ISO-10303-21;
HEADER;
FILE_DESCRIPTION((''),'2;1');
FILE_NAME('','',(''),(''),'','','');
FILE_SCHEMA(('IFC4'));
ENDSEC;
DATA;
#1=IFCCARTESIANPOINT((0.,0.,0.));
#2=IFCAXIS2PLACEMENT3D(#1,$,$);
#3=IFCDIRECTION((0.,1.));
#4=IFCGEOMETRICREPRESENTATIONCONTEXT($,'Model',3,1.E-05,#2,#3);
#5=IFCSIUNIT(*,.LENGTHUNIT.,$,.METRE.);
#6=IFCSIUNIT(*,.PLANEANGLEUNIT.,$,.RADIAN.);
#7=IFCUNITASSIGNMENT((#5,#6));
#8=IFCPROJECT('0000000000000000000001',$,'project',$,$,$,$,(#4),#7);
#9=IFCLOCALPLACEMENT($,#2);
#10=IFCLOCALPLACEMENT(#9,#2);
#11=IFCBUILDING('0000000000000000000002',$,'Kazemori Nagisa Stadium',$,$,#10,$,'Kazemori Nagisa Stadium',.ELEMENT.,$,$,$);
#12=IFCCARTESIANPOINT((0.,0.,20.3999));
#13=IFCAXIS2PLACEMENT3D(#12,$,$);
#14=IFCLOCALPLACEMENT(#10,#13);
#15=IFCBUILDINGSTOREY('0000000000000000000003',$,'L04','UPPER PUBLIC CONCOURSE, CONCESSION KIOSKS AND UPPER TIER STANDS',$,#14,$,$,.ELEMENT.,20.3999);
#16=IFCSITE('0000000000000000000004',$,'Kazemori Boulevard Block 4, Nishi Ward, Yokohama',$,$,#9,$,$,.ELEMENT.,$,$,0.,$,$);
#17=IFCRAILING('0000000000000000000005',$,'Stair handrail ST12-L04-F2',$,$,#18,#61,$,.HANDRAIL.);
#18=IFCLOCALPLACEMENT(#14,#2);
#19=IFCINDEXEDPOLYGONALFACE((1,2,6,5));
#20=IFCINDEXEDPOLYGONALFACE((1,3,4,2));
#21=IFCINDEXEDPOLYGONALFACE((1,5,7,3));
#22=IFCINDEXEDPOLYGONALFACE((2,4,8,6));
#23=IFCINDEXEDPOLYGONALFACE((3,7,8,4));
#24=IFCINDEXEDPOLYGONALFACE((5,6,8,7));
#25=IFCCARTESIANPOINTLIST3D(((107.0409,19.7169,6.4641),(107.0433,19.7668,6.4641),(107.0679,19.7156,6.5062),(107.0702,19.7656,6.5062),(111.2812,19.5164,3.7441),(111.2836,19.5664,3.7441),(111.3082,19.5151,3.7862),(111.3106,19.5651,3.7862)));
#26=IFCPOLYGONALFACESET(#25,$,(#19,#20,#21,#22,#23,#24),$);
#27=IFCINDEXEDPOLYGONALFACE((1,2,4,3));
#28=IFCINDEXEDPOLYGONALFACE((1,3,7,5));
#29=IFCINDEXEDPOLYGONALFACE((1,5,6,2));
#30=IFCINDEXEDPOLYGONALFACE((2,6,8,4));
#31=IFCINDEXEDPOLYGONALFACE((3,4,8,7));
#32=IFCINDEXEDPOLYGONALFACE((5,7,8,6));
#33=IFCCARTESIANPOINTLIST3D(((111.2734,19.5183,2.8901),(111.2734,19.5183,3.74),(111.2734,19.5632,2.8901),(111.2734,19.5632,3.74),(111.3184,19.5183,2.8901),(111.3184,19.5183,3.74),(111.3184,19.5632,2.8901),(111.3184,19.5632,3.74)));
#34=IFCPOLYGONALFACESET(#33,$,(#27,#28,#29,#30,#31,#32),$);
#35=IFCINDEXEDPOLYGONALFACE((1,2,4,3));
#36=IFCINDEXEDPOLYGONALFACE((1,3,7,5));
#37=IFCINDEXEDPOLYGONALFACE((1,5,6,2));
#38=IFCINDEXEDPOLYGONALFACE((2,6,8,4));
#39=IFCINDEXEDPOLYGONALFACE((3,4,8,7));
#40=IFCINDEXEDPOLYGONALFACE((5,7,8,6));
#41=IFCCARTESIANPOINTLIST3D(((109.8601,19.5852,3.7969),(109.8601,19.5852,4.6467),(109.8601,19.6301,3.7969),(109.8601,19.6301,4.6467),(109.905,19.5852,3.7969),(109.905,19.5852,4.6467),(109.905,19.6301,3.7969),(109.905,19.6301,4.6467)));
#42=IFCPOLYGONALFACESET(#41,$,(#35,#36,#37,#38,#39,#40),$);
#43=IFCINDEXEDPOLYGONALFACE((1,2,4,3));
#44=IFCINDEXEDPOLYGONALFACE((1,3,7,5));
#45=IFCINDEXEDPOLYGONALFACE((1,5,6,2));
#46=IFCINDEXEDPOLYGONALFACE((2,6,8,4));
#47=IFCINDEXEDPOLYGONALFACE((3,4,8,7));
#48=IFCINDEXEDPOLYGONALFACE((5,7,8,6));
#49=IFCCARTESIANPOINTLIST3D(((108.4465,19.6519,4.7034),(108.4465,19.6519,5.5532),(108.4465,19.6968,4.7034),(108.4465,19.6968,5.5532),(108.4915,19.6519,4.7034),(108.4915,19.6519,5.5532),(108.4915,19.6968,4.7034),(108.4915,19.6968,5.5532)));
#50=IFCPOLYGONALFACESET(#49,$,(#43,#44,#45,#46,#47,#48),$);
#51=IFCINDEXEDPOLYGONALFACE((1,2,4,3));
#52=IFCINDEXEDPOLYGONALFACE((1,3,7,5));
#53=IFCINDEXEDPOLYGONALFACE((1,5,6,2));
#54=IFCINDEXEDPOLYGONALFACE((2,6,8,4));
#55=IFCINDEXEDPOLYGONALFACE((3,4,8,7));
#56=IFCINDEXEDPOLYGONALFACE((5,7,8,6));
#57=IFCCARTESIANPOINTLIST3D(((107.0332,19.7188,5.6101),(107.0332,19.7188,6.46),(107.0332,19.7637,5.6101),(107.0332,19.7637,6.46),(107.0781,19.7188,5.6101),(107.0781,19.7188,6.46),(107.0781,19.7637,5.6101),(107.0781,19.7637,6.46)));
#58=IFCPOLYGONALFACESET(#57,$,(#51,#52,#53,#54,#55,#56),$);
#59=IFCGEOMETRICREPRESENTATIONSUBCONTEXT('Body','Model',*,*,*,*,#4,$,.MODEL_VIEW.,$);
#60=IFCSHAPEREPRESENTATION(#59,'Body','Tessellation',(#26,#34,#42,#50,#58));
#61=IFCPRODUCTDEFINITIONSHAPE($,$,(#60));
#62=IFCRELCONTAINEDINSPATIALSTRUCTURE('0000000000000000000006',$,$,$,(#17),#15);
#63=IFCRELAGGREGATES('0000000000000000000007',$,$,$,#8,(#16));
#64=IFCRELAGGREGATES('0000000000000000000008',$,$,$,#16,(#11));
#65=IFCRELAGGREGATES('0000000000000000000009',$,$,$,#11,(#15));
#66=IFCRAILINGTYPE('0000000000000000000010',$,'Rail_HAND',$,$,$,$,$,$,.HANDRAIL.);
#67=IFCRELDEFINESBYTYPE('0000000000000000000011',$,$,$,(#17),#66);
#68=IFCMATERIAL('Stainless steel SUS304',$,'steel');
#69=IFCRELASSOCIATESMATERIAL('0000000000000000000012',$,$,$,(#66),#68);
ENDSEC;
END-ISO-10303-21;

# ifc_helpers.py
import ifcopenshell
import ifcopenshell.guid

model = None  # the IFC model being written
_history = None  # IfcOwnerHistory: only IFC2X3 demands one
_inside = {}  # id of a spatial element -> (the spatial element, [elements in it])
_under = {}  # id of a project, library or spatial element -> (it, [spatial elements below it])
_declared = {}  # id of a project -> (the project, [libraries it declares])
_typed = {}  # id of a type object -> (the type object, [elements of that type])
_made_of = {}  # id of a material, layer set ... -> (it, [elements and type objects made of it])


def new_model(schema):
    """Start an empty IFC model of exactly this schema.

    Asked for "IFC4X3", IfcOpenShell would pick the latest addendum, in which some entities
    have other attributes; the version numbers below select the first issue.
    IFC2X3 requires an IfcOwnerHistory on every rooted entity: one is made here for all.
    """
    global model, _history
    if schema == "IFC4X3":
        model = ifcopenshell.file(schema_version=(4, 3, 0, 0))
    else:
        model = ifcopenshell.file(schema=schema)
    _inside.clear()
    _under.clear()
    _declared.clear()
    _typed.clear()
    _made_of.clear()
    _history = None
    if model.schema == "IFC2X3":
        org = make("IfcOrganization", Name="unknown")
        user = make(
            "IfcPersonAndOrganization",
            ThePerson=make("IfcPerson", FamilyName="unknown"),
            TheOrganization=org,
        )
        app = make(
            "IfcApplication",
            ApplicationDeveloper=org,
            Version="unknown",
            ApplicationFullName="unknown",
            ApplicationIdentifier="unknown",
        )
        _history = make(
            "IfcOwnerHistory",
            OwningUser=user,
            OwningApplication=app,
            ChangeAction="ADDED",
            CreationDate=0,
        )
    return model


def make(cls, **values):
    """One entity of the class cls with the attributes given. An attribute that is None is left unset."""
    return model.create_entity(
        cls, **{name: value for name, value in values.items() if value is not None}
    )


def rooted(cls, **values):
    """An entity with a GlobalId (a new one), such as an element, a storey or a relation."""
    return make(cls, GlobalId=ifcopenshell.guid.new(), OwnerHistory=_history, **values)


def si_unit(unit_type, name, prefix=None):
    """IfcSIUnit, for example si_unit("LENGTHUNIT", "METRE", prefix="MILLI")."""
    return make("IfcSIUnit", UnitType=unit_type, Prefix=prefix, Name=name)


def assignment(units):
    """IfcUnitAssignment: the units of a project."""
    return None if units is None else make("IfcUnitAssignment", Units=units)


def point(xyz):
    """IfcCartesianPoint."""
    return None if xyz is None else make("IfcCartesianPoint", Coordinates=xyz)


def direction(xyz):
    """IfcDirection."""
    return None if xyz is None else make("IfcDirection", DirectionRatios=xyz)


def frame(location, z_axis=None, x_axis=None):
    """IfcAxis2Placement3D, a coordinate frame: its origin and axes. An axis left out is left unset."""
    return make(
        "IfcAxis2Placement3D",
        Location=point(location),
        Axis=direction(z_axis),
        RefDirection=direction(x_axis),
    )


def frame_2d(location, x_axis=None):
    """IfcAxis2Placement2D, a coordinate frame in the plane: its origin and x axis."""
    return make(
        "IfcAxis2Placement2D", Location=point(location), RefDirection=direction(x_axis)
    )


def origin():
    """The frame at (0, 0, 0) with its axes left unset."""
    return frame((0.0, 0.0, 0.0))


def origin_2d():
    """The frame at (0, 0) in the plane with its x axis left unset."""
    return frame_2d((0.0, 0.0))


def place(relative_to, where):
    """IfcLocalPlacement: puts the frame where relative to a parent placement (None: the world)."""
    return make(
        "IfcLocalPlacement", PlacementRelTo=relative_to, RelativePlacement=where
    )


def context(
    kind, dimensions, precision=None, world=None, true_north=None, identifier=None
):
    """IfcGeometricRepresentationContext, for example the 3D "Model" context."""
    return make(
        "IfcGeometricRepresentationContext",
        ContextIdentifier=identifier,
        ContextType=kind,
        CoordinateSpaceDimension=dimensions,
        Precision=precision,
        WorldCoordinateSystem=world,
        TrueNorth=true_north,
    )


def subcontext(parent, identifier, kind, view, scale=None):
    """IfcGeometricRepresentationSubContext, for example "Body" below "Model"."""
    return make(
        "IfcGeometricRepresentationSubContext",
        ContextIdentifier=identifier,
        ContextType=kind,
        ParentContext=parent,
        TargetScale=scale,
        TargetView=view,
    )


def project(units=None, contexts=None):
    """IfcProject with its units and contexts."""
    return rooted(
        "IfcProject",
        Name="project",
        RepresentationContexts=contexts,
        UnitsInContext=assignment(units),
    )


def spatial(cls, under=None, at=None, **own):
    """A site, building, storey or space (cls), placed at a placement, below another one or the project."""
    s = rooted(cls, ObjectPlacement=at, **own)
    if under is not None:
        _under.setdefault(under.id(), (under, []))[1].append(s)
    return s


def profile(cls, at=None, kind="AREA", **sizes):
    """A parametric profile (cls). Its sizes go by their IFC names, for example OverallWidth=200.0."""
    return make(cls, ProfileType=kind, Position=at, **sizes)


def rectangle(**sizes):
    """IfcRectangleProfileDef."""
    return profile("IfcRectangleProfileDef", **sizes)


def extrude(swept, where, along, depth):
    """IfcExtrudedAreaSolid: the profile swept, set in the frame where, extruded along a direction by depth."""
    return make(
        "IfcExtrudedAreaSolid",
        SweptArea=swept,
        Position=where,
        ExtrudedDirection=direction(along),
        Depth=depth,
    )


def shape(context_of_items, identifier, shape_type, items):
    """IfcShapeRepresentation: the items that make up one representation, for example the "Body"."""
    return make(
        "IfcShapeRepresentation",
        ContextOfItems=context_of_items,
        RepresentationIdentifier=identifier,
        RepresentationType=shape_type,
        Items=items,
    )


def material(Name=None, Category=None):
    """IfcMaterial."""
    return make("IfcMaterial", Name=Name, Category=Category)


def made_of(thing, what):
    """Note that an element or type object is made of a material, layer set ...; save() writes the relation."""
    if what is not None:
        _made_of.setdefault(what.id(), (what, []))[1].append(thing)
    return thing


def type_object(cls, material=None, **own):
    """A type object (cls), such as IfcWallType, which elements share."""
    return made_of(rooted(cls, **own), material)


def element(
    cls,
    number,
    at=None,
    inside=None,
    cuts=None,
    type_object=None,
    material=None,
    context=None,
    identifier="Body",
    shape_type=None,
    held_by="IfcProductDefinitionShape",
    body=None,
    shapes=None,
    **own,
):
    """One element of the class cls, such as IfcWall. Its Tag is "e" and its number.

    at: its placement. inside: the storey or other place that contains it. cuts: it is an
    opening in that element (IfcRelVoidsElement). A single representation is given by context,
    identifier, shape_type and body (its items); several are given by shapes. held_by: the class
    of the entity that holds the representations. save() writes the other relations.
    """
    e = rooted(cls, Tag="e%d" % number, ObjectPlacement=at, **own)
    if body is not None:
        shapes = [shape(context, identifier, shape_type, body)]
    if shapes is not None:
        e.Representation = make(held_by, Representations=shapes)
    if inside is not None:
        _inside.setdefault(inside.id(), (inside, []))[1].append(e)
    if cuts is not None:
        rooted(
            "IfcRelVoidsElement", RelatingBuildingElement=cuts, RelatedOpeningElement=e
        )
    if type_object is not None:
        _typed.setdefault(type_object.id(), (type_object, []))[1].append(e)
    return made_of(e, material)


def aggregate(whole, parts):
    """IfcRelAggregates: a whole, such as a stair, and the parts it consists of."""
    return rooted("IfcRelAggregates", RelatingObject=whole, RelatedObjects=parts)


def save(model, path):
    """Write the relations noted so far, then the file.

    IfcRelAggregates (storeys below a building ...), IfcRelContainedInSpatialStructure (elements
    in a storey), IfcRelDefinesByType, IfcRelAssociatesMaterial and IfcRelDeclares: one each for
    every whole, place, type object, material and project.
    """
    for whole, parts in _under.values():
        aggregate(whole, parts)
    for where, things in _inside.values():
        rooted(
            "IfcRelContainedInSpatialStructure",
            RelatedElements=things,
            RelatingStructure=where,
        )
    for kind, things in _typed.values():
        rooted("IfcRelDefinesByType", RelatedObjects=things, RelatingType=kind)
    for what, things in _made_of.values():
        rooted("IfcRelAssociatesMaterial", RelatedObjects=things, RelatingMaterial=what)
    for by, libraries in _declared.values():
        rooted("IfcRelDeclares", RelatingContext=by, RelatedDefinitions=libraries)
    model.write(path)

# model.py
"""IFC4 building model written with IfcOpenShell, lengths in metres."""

from ifc_helpers import new_model, si_unit, direction, frame, origin, origin_2d, place, context, subcontext, project, spatial, rectangle, extrude, material, type_object, element, save


model = new_model("IFC4")

# Units and contexts
model_context = context("Model", 3, precision=1e-05, world=origin(), true_north=direction((0.0, 1.0)))
body_context = subcontext(model_context, "Body", "Model", "MODEL_VIEW")
ifc_project = project(units=[si_unit("LENGTHUNIT", "METRE"), si_unit("PLANEANGLEUNIT", "RADIAN")], contexts=[model_context])

# Site, building, storey
site_placement = place(None, origin())
site = spatial("IfcSite", under=ifc_project, at=site_placement, Name="Kazemori Boulevard Block 4, Nishi Ward, Yokohama", CompositionType="ELEMENT", RefElevation=0.0)
building_placement = place(site_placement, origin())
building = spatial("IfcBuilding", under=site, at=building_placement, Name="Kazemori Nagisa Stadium", LongName="Kazemori Nagisa Stadium", CompositionType="ELEMENT")
storey_placement = place(building_placement, frame((0.0, 0.0, 20.3999)))
storey = spatial("IfcBuildingStorey", under=building, at=storey_placement, Name="L04", Description="UPPER PUBLIC CONCOURSE, CONCESSION KIOSKS AND UPPER TIER STANDS", CompositionType="ELEMENT", Elevation=20.3999)

# Railing
ifc_material_1 = material(Name="Stainless steel SUS304", Category="steel")
railing_type_1 = type_object("IfcRailingType", Name="Rail_HAND", PredefinedType="HANDRAIL", material=ifc_material_1)
railing_1_placement = place(storey_placement, frame((111.2959, 19.5408, 2.8901)))
element("IfcRailing", 1, at=railing_1_placement, inside=storey, type_object=railing_type_1, Name="Stair handrail ST12-L04-F2", PredefinedType="HANDRAIL", context=body_context, shape_type="SweptSolid", body=[
    extrude(rectangle(XDim=0.05, YDim=0.05, at=origin_2d()), frame((0.0, 0.0, 0.875), z_axis=(-0.841045, 0.039757, 0.539503), x_axis=(-0.047218, -0.998885, 0.0)), (0.0, 0.0, 1.0), 5.0417),
    extrude(rectangle(XDim=0.0449, YDim=0.0449, at=origin_2d()), origin(), (0.0, 0.0, 1.0), 0.8499),
    extrude(rectangle(XDim=0.0449, YDim=0.0449, at=origin_2d()), frame((-1.4133, 0.0669, 0.9067)), (0.0, 0.0, 1.0), 0.8499),
    extrude(rectangle(XDim=0.0449, YDim=0.0449, at=origin_2d()), frame((-2.8269, 0.1335, 1.8132)), (0.0, 0.0, 1.0), 0.8499),
    extrude(rectangle(XDim=0.0449, YDim=0.0449, at=origin_2d()), frame((-4.2402, 0.2004, 2.72)), (0.0, 0.0, 1.0), 0.8499),
])

save(model, "model.ifc")
